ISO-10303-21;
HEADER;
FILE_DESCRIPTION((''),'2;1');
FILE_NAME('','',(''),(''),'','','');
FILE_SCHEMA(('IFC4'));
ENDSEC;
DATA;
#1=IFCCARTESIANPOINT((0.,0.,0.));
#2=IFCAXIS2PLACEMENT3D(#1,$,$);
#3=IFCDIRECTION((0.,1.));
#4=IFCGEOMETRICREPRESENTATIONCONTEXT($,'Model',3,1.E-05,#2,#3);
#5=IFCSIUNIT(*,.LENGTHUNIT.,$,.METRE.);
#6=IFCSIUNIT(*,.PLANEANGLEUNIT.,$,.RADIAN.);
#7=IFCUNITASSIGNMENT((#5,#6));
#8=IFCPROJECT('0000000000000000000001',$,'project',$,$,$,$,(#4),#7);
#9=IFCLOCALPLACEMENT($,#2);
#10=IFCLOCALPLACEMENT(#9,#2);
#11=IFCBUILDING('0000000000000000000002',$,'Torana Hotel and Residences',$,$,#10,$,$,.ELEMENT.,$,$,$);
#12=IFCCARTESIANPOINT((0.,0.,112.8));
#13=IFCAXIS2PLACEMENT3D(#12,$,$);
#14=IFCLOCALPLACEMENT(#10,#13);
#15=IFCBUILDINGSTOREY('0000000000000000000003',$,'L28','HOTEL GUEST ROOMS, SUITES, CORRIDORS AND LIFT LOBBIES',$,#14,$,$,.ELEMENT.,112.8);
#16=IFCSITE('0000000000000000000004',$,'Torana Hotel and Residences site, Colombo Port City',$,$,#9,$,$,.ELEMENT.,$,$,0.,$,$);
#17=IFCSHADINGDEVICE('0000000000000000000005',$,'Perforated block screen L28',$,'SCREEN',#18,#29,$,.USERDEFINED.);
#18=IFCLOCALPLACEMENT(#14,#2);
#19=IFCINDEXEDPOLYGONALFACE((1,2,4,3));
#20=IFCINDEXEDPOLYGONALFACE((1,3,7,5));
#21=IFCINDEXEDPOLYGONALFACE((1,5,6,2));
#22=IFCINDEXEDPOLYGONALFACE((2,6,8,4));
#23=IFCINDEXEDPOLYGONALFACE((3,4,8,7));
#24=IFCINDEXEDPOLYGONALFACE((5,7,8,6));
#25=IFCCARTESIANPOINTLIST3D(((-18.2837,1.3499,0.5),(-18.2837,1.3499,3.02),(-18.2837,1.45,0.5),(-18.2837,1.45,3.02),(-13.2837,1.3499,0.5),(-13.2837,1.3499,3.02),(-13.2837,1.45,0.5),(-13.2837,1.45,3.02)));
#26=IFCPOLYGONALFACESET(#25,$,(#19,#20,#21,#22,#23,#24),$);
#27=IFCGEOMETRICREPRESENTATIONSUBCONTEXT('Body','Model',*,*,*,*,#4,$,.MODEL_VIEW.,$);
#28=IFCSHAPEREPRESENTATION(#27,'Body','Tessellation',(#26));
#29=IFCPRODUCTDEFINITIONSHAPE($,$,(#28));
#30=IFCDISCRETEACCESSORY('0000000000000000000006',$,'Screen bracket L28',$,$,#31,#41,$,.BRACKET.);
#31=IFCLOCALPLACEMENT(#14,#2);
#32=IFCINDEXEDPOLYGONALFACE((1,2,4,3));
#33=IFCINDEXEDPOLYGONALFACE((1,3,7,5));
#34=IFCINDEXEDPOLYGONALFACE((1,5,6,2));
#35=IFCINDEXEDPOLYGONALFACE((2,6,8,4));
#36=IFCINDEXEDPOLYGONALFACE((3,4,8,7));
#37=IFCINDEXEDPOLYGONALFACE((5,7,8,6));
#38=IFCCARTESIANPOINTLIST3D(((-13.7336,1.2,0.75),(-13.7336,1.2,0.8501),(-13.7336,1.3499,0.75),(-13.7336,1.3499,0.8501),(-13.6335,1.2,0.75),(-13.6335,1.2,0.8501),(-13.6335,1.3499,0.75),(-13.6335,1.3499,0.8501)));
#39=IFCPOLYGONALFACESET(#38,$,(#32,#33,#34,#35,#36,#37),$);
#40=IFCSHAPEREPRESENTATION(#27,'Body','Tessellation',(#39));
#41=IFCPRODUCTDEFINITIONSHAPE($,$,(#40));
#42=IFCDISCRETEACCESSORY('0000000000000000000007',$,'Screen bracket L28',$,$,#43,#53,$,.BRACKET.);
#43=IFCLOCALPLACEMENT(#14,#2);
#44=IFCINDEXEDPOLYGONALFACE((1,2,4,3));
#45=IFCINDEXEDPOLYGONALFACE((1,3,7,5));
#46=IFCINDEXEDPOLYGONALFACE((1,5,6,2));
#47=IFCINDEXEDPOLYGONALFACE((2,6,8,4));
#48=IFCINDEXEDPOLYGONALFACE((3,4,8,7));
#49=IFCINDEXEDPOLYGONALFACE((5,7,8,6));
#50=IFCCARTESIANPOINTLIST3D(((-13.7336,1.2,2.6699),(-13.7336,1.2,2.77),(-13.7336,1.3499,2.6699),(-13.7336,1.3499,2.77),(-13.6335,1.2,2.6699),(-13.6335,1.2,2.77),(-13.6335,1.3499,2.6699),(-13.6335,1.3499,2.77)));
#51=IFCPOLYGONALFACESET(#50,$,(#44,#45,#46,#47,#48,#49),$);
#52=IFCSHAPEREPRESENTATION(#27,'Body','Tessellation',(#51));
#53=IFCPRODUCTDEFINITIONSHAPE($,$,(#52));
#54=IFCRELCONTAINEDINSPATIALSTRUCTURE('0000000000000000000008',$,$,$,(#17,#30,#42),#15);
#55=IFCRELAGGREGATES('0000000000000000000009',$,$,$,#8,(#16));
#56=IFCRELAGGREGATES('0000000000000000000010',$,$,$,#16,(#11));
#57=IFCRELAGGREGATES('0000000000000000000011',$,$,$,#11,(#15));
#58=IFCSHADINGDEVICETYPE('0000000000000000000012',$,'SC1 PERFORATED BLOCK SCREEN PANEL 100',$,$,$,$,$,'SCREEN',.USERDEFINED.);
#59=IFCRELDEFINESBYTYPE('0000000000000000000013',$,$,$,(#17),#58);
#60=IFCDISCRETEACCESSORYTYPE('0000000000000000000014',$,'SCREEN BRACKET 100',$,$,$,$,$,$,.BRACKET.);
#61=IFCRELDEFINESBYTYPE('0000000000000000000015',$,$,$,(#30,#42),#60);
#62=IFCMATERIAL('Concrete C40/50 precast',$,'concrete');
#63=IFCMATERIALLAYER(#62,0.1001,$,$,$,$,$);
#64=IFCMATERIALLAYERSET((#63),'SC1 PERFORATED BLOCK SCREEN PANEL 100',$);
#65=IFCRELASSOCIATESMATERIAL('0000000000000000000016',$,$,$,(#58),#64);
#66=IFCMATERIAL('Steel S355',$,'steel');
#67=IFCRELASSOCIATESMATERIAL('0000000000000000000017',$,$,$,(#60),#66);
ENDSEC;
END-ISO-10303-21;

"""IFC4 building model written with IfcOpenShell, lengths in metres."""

from ifc_helpers import new_model, si_unit, direction, frame, origin, origin_2d, place, context, subcontext, project, spatial, rectangle, extrude, material, layer, layer_set, type_object, element, save


model = new_model("IFC4")

# Units and contexts
model_context = context("Model", 3, precision=1e-05, world=origin(), true_north=direction((0.0, 1.0)))
body_context = subcontext(model_context, "Body", "Model", "MODEL_VIEW")
ifc_project = project(units=[si_unit("LENGTHUNIT", "METRE"), si_unit("PLANEANGLEUNIT", "RADIAN")], contexts=[model_context])

# Site, building, storey
site_placement = place(None, origin())
site = spatial("IfcSite", under=ifc_project, at=site_placement, Name="Torana Hotel and Residences site, Colombo Port City", CompositionType="ELEMENT", RefElevation=0.0)
building_placement = place(site_placement, origin())
building = spatial("IfcBuilding", under=site, at=building_placement, Name="Torana Hotel and Residences", CompositionType="ELEMENT")
storey_placement = place(building_placement, frame((0.0, 0.0, 112.8)))
storey = spatial("IfcBuildingStorey", under=building, at=storey_placement, Name="L28", Description="HOTEL GUEST ROOMS, SUITES, CORRIDORS AND LIFT LOBBIES", CompositionType="ELEMENT", Elevation=112.8)

# Shading device
ifc_material_1 = material(Name="Concrete C40/50 precast", Category="concrete")
ifc_layer_1 = layer(ifc_material_1, 0.1001)
ifc_layer_set_1 = layer_set([ifc_layer_1], Name="SC1 PERFORATED BLOCK SCREEN PANEL 100")
shading_device_type = type_object("IfcShadingDeviceType", Name="SC1 PERFORATED BLOCK SCREEN PANEL 100", ElementType="SCREEN", PredefinedType="USERDEFINED", material=ifc_layer_set_1)
shading_device_placement = place(storey_placement, frame((-15.7837, 1.3999, 0.5), z_axis=(0.0, 0.0, 1.0), x_axis=(-1.0, 0.0, 0.0)))
element("IfcShadingDevice", 1, at=shading_device_placement, inside=storey, type_object=shading_device_type, Name="Perforated block screen L28", ObjectType="SCREEN", PredefinedType="USERDEFINED", context=body_context, shape_type="SweptSolid", body=[
    extrude(rectangle(XDim=5.0, YDim=0.1001, at=origin_2d()), origin(), (0.0, 0.0, 1.0), 2.52),
])

# Discrete accessories
ifc_material_2 = material(Name="Steel S355", Category="steel")
discrete_accessory_type = type_object("IfcDiscreteAccessoryType", Name="SCREEN BRACKET 100", PredefinedType="BRACKET", material=ifc_material_2)
for number, where, z_axis, x_axis, name in (
    (2, (-13.6836, 1.2749, 0.75), (0.0, 0.0, 1.0), (-1.0, 0.0, 0.0), "Screen bracket L28"),
    (3, (-13.6836, 1.2749, 2.6699), (0.0, 0.0, 1.0), (-1.0, 0.0, 0.0), "Screen bracket L28"),
):
    element("IfcDiscreteAccessory", number, at=place(storey_placement, frame(where, z_axis=z_axis, x_axis=x_axis)), inside=storey, type_object=discrete_accessory_type, Name=name, PredefinedType="BRACKET", context=body_context, shape_type="SweptSolid", body=[
        extrude(rectangle(XDim=0.1001, YDim=0.1499, at=origin_2d()), origin(), (0.0, 0.0, 1.0), 0.1001),
    ])

save(model, "model.ifc")
